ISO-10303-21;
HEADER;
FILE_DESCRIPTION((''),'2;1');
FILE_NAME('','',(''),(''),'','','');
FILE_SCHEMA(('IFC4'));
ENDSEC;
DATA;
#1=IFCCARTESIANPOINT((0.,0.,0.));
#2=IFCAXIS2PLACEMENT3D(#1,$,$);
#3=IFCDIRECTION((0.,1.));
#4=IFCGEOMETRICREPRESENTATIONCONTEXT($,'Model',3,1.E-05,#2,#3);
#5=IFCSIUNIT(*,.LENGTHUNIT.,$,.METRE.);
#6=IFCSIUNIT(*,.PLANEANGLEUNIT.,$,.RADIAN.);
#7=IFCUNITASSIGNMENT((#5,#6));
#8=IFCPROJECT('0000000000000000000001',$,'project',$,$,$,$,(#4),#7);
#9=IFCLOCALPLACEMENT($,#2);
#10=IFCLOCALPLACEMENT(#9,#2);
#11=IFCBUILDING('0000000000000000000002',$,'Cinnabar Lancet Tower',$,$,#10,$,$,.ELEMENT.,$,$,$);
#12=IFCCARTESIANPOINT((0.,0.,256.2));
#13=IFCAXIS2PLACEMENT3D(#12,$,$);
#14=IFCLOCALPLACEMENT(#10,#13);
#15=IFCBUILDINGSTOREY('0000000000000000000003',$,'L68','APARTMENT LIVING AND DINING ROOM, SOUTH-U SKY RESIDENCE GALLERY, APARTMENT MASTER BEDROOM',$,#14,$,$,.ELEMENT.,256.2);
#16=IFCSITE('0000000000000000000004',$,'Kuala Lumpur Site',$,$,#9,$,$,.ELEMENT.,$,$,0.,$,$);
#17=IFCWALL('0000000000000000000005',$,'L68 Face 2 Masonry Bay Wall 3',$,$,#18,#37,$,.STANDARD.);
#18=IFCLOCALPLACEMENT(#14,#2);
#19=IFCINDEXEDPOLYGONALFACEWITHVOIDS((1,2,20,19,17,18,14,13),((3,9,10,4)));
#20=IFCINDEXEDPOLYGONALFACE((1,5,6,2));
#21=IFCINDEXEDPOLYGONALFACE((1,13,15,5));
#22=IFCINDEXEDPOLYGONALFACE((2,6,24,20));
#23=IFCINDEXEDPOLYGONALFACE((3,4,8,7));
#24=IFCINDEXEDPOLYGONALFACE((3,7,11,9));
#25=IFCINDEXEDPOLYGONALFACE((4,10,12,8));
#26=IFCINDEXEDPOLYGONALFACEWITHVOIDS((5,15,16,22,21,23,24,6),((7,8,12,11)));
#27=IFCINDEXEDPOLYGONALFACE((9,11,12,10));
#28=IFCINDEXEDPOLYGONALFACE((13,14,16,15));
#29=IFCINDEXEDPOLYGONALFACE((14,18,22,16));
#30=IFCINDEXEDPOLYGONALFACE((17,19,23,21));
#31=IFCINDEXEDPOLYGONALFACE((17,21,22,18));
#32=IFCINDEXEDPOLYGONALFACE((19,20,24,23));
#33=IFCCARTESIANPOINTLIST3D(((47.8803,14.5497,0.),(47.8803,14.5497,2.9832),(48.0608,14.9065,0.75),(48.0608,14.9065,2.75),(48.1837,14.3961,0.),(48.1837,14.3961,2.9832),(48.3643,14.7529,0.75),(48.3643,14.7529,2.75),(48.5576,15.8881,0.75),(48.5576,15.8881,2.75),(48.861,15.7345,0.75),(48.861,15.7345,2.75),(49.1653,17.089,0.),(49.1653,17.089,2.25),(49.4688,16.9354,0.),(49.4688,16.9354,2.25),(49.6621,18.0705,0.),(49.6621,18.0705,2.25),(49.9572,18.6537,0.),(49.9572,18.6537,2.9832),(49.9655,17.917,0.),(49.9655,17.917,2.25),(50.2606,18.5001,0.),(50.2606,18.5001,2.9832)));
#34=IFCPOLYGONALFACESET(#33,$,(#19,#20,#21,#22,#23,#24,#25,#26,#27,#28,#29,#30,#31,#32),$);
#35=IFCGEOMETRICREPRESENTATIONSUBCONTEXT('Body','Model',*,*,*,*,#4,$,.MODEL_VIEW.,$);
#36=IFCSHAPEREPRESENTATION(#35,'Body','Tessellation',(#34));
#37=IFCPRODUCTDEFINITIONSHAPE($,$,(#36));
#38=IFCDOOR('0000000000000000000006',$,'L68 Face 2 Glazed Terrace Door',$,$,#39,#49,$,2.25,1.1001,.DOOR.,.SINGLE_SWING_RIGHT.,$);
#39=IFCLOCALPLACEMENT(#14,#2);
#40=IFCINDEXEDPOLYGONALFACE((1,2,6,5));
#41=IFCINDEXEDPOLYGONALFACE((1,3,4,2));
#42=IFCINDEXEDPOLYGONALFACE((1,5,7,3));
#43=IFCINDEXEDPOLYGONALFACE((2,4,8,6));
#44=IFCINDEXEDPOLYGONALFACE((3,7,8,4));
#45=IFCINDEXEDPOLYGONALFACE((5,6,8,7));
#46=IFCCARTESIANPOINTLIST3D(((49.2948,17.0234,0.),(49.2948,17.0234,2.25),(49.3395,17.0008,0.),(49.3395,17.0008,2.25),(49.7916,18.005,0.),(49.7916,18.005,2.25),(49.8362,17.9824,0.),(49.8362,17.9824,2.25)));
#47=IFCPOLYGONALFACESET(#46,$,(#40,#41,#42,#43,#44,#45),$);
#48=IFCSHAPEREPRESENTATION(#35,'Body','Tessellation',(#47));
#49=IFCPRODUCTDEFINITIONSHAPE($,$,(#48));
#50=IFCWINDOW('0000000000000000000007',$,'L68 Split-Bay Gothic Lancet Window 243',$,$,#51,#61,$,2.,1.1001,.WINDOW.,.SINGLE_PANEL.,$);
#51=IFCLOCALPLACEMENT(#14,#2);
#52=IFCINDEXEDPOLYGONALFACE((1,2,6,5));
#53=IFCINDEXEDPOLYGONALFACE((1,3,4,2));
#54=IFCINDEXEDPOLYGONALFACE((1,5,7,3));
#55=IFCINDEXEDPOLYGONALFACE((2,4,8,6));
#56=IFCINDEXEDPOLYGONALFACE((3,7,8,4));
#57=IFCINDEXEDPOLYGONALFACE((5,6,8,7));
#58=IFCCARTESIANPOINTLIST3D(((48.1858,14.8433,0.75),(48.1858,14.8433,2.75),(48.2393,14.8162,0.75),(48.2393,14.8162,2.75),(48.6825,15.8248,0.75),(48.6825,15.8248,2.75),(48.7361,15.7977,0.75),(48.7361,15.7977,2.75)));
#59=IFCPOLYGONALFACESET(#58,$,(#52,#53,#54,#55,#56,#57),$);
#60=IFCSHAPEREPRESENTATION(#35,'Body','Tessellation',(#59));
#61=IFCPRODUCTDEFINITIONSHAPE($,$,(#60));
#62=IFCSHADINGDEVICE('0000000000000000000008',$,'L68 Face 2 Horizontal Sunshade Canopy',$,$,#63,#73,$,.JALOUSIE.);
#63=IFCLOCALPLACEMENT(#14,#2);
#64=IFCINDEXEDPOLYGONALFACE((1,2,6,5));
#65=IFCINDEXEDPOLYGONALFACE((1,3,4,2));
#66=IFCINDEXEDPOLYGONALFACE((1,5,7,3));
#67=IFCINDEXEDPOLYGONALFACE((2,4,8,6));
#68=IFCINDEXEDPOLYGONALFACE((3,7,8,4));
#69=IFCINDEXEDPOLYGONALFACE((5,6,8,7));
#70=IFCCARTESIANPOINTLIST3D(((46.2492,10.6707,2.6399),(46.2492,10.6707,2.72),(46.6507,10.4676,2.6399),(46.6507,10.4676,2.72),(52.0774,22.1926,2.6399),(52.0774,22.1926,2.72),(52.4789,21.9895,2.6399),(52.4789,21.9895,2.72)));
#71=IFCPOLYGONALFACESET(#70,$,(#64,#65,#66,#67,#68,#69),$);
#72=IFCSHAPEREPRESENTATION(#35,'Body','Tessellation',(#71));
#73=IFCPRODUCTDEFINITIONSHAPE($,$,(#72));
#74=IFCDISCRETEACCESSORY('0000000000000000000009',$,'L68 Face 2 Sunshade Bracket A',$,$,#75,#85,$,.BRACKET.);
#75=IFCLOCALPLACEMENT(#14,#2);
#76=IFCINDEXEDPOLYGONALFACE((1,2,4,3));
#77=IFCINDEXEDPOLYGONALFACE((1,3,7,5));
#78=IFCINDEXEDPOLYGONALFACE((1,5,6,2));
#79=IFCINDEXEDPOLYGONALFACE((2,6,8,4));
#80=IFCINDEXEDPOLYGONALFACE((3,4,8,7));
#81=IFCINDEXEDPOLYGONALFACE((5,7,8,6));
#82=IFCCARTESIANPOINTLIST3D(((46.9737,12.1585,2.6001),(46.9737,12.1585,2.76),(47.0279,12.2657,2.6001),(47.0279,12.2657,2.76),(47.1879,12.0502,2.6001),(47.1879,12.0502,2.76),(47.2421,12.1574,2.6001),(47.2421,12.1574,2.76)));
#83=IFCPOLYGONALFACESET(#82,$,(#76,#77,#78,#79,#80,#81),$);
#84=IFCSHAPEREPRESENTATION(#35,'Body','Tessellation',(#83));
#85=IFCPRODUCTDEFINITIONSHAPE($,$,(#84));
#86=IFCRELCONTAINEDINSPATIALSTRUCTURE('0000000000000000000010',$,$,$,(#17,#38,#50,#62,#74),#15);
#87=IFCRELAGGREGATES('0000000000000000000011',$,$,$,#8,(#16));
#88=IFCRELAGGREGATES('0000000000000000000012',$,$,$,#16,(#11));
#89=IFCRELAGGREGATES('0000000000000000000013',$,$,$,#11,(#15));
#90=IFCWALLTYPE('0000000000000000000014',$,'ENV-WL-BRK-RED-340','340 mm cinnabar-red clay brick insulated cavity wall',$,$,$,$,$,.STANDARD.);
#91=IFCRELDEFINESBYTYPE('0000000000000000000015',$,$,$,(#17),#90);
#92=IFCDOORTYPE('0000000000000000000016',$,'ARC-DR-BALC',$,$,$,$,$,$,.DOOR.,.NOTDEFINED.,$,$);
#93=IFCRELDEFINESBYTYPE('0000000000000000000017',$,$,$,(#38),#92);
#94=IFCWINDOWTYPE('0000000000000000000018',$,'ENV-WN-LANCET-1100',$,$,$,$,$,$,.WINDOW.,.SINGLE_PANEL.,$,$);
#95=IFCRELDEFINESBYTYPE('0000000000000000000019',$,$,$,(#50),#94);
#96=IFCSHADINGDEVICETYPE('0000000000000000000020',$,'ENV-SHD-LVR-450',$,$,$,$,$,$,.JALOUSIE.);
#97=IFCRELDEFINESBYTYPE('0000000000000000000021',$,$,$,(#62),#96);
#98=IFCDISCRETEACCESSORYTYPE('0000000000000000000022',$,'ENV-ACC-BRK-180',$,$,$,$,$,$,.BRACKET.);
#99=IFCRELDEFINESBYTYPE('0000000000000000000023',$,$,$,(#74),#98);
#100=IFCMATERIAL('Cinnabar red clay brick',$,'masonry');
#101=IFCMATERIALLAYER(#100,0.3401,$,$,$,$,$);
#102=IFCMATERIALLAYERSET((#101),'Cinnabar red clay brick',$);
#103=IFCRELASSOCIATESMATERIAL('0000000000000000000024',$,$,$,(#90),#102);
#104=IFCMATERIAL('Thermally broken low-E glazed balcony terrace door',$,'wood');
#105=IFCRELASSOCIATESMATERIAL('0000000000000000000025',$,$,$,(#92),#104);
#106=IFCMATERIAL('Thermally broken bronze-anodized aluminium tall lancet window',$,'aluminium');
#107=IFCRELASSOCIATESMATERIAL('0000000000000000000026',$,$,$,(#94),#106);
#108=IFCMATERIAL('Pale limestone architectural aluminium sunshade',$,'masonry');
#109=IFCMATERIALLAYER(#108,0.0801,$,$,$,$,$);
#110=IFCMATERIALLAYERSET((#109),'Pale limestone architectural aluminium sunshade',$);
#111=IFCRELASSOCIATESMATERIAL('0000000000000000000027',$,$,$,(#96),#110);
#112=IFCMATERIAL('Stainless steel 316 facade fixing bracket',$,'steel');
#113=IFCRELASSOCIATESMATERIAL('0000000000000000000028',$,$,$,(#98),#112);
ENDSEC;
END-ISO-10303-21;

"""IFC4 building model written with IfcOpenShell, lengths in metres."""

from ifc_helpers import new_model, si_unit, direction, frame, frame_2d, origin, origin_2d, place, context, subcontext, project, spatial, rectangle, extrude, material, layer, layer_set, type_object, element, fill, save


model = new_model("IFC4")

# Units and contexts
model_context = context("Model", 3, precision=1e-05, world=origin(), true_north=direction((0.0, 1.0)))
body_context = subcontext(model_context, "Body", "Model", "MODEL_VIEW")
ifc_project = project(units=[si_unit("LENGTHUNIT", "METRE"), si_unit("PLANEANGLEUNIT", "RADIAN")], contexts=[model_context])

# Site, building, storey
site_placement = place(None, origin())
site = spatial("IfcSite", under=ifc_project, at=site_placement, Name="Kuala Lumpur Site", CompositionType="ELEMENT", RefElevation=0.0)
building_placement = place(site_placement, origin())
building = spatial("IfcBuilding", under=site, at=building_placement, Name="Cinnabar Lancet Tower", CompositionType="ELEMENT")
storey_placement = place(building_placement, frame((0.0, 0.0, 256.2)))
storey = spatial("IfcBuildingStorey", under=building, at=storey_placement, Name="L68", Description="APARTMENT LIVING AND DINING ROOM, SOUTH-U SKY RESIDENCE GALLERY, APARTMENT MASTER BEDROOM", CompositionType="ELEMENT", Elevation=256.2)

# Shared definitions
ifc_material_1 = material(Name="Cinnabar red clay brick", Category="masonry")
ifc_layer_1 = layer(ifc_material_1, 0.3401)
ifc_layer_set_1 = layer_set([ifc_layer_1], Name="Cinnabar red clay brick")
wall_type_1 = type_object("IfcWallType", Name="ENV-WL-BRK-RED-340", Description="340 mm cinnabar-red clay brick insulated cavity wall", PredefinedType="STANDARD", material=ifc_layer_set_1)

# Wall, openings, door, window
wall_1_placement = place(storey_placement, frame((48.032, 14.4729, 0.0), z_axis=(0.0, 0.0, 1.0), x_axis=(0.45154, 0.892251, 0.0)))
wall_1 = element("IfcWall", 1, at=wall_1_placement, inside=storey, type_object=wall_type_1, Name="L68 Face 2 Masonry Bay Wall 3", PredefinedType="STANDARD", context=body_context, shape_type="SweptSolid", body=[
    extrude(rectangle(XDim=4.5996, YDim=0.3401, at=frame_2d((2.2998, 0.0))), origin(), (0.0, 0.0, 1.0), 2.9832),
])
opening_1_placement = place(wall_1_placement, frame((2.8459, 0.0, 0.0)))
opening_1 = element("IfcOpeningElement", 2, at=opening_1_placement, cuts=wall_1, PredefinedType="OPENING", context=body_context, shape_type="SweptSolid", body=[
    extrude(rectangle(XDim=1.1001, YDim=2.25, at=frame_2d((0.55, 1.125))), frame((0.0, 0.1799, 0.0), z_axis=(0.0, -1.0, 0.0), x_axis=(1.0, 0.0, 0.0)), (0.0, 0.0, 1.0), 0.3601),
])
opening_2_placement = place(wall_1_placement, frame((0.3999, 0.0, 0.75)))
opening_2 = element("IfcOpeningElement", 3, at=opening_2_placement, cuts=wall_1, PredefinedType="OPENING", context=body_context, shape_type="SweptSolid", body=[
    extrude(rectangle(XDim=1.1001, YDim=2.0, at=frame_2d((0.55, 1.0))), frame((0.0, 0.1799, 0.0), z_axis=(0.0, -1.0, 0.0), x_axis=(1.0, 0.0, 0.0)), (0.0, 0.0, 1.0), 0.3601),
])
ifc_material_2 = material(Name="Thermally broken low-E glazed balcony terrace door", Category="wood")
door_type_1 = type_object("IfcDoorType", Name="ARC-DR-BALC", OperationType="NOTDEFINED", PredefinedType="DOOR", material=ifc_material_2)
door_1_placement = place(opening_1_placement, origin())
door_1 = element("IfcDoor", 4, at=door_1_placement, inside=storey, type_object=door_type_1, Name="L68 Face 2 Glazed Terrace Door", OperationType="SINGLE_SWING_RIGHT", OverallHeight=2.25, OverallWidth=1.1001, PredefinedType="DOOR", context=body_context, shape_type="SweptSolid", body=[
    extrude(rectangle(XDim=1.1001, YDim=2.25, at=frame_2d((0.55, 1.125))), frame((0.0, 0.0249, 0.0), z_axis=(0.0, -1.0, 0.0), x_axis=(1.0, 0.0, 0.0)), (0.0, 0.0, 1.0), 0.05),
])
fill(opening_1, door_1)
ifc_material_3 = material(Name="Thermally broken bronze-anodized aluminium tall lancet window", Category="aluminium")
window_type_1 = type_object("IfcWindowType", Name="ENV-WN-LANCET-1100", PartitioningType="SINGLE_PANEL", PredefinedType="WINDOW", material=ifc_material_3)
window_1_placement = place(opening_2_placement, origin())
window_1 = element("IfcWindow", 5, at=window_1_placement, inside=storey, type_object=window_type_1, Name="L68 Split-Bay Gothic Lancet Window 243", OverallHeight=2.0, OverallWidth=1.1001, PartitioningType="SINGLE_PANEL", PredefinedType="WINDOW", context=body_context, shape_type="SweptSolid", body=[
    extrude(rectangle(XDim=1.1001, YDim=2.0, at=frame_2d((0.55, 1.0))), frame((0.0, 0.03, 0.0), z_axis=(0.0, -1.0, 0.0), x_axis=(1.0, 0.0, 0.0)), (0.0, 0.0, 1.0), 0.0601),
])
fill(opening_2, window_1)

# Shading device
ifc_material_4 = material(Name="Pale limestone architectural aluminium sunshade", Category="masonry")
ifc_layer_2 = layer(ifc_material_4, 0.0801)
ifc_layer_set_2 = layer_set([ifc_layer_2], Name="Pale limestone architectural aluminium sunshade")
shading_device_type = type_object("IfcShadingDeviceType", Name="ENV-SHD-LVR-450", PredefinedType="JALOUSIE", material=ifc_layer_set_2)
shading_device_placement = place(storey_placement, frame((49.364, 16.3301, 2.6399), z_axis=(0.0, 0.0, 1.0), x_axis=(0.451376, 0.892334, 0.0)))
element("IfcShadingDevice", 6, at=shading_device_placement, inside=storey, type_object=shading_device_type, Name="L68 Face 2 Horizontal Sunshade Canopy", PredefinedType="JALOUSIE", context=body_context, shape_type="SweptSolid", body=[
    extrude(rectangle(XDim=12.9121, YDim=0.45, at=origin_2d()), origin(), (0.0, 0.0, 1.0), 0.0801),
])

# Discrete accessory
ifc_material_5 = material(Name="Stainless steel 316 facade fixing bracket", Category="steel")
discrete_accessory_type = type_object("IfcDiscreteAccessoryType", Name="ENV-ACC-BRK-180", PredefinedType="BRACKET", material=ifc_material_5)
discrete_accessory_placement = place(storey_placement, frame((47.1079, 12.158, 2.6001), z_axis=(0.0, 0.0, 1.0), x_axis=(0.451376, 0.892334, 0.0)))
element("IfcDiscreteAccessory", 7, at=discrete_accessory_placement, inside=storey, type_object=discrete_accessory_type, Name="L68 Face 2 Sunshade Bracket A", PredefinedType="BRACKET", context=body_context, shape_type="SweptSolid", body=[
    extrude(rectangle(XDim=0.1201, YDim=0.24, at=origin_2d()), origin(), (0.0, 0.0, 1.0), 0.1599),
])

save(model, "model.ifc")
